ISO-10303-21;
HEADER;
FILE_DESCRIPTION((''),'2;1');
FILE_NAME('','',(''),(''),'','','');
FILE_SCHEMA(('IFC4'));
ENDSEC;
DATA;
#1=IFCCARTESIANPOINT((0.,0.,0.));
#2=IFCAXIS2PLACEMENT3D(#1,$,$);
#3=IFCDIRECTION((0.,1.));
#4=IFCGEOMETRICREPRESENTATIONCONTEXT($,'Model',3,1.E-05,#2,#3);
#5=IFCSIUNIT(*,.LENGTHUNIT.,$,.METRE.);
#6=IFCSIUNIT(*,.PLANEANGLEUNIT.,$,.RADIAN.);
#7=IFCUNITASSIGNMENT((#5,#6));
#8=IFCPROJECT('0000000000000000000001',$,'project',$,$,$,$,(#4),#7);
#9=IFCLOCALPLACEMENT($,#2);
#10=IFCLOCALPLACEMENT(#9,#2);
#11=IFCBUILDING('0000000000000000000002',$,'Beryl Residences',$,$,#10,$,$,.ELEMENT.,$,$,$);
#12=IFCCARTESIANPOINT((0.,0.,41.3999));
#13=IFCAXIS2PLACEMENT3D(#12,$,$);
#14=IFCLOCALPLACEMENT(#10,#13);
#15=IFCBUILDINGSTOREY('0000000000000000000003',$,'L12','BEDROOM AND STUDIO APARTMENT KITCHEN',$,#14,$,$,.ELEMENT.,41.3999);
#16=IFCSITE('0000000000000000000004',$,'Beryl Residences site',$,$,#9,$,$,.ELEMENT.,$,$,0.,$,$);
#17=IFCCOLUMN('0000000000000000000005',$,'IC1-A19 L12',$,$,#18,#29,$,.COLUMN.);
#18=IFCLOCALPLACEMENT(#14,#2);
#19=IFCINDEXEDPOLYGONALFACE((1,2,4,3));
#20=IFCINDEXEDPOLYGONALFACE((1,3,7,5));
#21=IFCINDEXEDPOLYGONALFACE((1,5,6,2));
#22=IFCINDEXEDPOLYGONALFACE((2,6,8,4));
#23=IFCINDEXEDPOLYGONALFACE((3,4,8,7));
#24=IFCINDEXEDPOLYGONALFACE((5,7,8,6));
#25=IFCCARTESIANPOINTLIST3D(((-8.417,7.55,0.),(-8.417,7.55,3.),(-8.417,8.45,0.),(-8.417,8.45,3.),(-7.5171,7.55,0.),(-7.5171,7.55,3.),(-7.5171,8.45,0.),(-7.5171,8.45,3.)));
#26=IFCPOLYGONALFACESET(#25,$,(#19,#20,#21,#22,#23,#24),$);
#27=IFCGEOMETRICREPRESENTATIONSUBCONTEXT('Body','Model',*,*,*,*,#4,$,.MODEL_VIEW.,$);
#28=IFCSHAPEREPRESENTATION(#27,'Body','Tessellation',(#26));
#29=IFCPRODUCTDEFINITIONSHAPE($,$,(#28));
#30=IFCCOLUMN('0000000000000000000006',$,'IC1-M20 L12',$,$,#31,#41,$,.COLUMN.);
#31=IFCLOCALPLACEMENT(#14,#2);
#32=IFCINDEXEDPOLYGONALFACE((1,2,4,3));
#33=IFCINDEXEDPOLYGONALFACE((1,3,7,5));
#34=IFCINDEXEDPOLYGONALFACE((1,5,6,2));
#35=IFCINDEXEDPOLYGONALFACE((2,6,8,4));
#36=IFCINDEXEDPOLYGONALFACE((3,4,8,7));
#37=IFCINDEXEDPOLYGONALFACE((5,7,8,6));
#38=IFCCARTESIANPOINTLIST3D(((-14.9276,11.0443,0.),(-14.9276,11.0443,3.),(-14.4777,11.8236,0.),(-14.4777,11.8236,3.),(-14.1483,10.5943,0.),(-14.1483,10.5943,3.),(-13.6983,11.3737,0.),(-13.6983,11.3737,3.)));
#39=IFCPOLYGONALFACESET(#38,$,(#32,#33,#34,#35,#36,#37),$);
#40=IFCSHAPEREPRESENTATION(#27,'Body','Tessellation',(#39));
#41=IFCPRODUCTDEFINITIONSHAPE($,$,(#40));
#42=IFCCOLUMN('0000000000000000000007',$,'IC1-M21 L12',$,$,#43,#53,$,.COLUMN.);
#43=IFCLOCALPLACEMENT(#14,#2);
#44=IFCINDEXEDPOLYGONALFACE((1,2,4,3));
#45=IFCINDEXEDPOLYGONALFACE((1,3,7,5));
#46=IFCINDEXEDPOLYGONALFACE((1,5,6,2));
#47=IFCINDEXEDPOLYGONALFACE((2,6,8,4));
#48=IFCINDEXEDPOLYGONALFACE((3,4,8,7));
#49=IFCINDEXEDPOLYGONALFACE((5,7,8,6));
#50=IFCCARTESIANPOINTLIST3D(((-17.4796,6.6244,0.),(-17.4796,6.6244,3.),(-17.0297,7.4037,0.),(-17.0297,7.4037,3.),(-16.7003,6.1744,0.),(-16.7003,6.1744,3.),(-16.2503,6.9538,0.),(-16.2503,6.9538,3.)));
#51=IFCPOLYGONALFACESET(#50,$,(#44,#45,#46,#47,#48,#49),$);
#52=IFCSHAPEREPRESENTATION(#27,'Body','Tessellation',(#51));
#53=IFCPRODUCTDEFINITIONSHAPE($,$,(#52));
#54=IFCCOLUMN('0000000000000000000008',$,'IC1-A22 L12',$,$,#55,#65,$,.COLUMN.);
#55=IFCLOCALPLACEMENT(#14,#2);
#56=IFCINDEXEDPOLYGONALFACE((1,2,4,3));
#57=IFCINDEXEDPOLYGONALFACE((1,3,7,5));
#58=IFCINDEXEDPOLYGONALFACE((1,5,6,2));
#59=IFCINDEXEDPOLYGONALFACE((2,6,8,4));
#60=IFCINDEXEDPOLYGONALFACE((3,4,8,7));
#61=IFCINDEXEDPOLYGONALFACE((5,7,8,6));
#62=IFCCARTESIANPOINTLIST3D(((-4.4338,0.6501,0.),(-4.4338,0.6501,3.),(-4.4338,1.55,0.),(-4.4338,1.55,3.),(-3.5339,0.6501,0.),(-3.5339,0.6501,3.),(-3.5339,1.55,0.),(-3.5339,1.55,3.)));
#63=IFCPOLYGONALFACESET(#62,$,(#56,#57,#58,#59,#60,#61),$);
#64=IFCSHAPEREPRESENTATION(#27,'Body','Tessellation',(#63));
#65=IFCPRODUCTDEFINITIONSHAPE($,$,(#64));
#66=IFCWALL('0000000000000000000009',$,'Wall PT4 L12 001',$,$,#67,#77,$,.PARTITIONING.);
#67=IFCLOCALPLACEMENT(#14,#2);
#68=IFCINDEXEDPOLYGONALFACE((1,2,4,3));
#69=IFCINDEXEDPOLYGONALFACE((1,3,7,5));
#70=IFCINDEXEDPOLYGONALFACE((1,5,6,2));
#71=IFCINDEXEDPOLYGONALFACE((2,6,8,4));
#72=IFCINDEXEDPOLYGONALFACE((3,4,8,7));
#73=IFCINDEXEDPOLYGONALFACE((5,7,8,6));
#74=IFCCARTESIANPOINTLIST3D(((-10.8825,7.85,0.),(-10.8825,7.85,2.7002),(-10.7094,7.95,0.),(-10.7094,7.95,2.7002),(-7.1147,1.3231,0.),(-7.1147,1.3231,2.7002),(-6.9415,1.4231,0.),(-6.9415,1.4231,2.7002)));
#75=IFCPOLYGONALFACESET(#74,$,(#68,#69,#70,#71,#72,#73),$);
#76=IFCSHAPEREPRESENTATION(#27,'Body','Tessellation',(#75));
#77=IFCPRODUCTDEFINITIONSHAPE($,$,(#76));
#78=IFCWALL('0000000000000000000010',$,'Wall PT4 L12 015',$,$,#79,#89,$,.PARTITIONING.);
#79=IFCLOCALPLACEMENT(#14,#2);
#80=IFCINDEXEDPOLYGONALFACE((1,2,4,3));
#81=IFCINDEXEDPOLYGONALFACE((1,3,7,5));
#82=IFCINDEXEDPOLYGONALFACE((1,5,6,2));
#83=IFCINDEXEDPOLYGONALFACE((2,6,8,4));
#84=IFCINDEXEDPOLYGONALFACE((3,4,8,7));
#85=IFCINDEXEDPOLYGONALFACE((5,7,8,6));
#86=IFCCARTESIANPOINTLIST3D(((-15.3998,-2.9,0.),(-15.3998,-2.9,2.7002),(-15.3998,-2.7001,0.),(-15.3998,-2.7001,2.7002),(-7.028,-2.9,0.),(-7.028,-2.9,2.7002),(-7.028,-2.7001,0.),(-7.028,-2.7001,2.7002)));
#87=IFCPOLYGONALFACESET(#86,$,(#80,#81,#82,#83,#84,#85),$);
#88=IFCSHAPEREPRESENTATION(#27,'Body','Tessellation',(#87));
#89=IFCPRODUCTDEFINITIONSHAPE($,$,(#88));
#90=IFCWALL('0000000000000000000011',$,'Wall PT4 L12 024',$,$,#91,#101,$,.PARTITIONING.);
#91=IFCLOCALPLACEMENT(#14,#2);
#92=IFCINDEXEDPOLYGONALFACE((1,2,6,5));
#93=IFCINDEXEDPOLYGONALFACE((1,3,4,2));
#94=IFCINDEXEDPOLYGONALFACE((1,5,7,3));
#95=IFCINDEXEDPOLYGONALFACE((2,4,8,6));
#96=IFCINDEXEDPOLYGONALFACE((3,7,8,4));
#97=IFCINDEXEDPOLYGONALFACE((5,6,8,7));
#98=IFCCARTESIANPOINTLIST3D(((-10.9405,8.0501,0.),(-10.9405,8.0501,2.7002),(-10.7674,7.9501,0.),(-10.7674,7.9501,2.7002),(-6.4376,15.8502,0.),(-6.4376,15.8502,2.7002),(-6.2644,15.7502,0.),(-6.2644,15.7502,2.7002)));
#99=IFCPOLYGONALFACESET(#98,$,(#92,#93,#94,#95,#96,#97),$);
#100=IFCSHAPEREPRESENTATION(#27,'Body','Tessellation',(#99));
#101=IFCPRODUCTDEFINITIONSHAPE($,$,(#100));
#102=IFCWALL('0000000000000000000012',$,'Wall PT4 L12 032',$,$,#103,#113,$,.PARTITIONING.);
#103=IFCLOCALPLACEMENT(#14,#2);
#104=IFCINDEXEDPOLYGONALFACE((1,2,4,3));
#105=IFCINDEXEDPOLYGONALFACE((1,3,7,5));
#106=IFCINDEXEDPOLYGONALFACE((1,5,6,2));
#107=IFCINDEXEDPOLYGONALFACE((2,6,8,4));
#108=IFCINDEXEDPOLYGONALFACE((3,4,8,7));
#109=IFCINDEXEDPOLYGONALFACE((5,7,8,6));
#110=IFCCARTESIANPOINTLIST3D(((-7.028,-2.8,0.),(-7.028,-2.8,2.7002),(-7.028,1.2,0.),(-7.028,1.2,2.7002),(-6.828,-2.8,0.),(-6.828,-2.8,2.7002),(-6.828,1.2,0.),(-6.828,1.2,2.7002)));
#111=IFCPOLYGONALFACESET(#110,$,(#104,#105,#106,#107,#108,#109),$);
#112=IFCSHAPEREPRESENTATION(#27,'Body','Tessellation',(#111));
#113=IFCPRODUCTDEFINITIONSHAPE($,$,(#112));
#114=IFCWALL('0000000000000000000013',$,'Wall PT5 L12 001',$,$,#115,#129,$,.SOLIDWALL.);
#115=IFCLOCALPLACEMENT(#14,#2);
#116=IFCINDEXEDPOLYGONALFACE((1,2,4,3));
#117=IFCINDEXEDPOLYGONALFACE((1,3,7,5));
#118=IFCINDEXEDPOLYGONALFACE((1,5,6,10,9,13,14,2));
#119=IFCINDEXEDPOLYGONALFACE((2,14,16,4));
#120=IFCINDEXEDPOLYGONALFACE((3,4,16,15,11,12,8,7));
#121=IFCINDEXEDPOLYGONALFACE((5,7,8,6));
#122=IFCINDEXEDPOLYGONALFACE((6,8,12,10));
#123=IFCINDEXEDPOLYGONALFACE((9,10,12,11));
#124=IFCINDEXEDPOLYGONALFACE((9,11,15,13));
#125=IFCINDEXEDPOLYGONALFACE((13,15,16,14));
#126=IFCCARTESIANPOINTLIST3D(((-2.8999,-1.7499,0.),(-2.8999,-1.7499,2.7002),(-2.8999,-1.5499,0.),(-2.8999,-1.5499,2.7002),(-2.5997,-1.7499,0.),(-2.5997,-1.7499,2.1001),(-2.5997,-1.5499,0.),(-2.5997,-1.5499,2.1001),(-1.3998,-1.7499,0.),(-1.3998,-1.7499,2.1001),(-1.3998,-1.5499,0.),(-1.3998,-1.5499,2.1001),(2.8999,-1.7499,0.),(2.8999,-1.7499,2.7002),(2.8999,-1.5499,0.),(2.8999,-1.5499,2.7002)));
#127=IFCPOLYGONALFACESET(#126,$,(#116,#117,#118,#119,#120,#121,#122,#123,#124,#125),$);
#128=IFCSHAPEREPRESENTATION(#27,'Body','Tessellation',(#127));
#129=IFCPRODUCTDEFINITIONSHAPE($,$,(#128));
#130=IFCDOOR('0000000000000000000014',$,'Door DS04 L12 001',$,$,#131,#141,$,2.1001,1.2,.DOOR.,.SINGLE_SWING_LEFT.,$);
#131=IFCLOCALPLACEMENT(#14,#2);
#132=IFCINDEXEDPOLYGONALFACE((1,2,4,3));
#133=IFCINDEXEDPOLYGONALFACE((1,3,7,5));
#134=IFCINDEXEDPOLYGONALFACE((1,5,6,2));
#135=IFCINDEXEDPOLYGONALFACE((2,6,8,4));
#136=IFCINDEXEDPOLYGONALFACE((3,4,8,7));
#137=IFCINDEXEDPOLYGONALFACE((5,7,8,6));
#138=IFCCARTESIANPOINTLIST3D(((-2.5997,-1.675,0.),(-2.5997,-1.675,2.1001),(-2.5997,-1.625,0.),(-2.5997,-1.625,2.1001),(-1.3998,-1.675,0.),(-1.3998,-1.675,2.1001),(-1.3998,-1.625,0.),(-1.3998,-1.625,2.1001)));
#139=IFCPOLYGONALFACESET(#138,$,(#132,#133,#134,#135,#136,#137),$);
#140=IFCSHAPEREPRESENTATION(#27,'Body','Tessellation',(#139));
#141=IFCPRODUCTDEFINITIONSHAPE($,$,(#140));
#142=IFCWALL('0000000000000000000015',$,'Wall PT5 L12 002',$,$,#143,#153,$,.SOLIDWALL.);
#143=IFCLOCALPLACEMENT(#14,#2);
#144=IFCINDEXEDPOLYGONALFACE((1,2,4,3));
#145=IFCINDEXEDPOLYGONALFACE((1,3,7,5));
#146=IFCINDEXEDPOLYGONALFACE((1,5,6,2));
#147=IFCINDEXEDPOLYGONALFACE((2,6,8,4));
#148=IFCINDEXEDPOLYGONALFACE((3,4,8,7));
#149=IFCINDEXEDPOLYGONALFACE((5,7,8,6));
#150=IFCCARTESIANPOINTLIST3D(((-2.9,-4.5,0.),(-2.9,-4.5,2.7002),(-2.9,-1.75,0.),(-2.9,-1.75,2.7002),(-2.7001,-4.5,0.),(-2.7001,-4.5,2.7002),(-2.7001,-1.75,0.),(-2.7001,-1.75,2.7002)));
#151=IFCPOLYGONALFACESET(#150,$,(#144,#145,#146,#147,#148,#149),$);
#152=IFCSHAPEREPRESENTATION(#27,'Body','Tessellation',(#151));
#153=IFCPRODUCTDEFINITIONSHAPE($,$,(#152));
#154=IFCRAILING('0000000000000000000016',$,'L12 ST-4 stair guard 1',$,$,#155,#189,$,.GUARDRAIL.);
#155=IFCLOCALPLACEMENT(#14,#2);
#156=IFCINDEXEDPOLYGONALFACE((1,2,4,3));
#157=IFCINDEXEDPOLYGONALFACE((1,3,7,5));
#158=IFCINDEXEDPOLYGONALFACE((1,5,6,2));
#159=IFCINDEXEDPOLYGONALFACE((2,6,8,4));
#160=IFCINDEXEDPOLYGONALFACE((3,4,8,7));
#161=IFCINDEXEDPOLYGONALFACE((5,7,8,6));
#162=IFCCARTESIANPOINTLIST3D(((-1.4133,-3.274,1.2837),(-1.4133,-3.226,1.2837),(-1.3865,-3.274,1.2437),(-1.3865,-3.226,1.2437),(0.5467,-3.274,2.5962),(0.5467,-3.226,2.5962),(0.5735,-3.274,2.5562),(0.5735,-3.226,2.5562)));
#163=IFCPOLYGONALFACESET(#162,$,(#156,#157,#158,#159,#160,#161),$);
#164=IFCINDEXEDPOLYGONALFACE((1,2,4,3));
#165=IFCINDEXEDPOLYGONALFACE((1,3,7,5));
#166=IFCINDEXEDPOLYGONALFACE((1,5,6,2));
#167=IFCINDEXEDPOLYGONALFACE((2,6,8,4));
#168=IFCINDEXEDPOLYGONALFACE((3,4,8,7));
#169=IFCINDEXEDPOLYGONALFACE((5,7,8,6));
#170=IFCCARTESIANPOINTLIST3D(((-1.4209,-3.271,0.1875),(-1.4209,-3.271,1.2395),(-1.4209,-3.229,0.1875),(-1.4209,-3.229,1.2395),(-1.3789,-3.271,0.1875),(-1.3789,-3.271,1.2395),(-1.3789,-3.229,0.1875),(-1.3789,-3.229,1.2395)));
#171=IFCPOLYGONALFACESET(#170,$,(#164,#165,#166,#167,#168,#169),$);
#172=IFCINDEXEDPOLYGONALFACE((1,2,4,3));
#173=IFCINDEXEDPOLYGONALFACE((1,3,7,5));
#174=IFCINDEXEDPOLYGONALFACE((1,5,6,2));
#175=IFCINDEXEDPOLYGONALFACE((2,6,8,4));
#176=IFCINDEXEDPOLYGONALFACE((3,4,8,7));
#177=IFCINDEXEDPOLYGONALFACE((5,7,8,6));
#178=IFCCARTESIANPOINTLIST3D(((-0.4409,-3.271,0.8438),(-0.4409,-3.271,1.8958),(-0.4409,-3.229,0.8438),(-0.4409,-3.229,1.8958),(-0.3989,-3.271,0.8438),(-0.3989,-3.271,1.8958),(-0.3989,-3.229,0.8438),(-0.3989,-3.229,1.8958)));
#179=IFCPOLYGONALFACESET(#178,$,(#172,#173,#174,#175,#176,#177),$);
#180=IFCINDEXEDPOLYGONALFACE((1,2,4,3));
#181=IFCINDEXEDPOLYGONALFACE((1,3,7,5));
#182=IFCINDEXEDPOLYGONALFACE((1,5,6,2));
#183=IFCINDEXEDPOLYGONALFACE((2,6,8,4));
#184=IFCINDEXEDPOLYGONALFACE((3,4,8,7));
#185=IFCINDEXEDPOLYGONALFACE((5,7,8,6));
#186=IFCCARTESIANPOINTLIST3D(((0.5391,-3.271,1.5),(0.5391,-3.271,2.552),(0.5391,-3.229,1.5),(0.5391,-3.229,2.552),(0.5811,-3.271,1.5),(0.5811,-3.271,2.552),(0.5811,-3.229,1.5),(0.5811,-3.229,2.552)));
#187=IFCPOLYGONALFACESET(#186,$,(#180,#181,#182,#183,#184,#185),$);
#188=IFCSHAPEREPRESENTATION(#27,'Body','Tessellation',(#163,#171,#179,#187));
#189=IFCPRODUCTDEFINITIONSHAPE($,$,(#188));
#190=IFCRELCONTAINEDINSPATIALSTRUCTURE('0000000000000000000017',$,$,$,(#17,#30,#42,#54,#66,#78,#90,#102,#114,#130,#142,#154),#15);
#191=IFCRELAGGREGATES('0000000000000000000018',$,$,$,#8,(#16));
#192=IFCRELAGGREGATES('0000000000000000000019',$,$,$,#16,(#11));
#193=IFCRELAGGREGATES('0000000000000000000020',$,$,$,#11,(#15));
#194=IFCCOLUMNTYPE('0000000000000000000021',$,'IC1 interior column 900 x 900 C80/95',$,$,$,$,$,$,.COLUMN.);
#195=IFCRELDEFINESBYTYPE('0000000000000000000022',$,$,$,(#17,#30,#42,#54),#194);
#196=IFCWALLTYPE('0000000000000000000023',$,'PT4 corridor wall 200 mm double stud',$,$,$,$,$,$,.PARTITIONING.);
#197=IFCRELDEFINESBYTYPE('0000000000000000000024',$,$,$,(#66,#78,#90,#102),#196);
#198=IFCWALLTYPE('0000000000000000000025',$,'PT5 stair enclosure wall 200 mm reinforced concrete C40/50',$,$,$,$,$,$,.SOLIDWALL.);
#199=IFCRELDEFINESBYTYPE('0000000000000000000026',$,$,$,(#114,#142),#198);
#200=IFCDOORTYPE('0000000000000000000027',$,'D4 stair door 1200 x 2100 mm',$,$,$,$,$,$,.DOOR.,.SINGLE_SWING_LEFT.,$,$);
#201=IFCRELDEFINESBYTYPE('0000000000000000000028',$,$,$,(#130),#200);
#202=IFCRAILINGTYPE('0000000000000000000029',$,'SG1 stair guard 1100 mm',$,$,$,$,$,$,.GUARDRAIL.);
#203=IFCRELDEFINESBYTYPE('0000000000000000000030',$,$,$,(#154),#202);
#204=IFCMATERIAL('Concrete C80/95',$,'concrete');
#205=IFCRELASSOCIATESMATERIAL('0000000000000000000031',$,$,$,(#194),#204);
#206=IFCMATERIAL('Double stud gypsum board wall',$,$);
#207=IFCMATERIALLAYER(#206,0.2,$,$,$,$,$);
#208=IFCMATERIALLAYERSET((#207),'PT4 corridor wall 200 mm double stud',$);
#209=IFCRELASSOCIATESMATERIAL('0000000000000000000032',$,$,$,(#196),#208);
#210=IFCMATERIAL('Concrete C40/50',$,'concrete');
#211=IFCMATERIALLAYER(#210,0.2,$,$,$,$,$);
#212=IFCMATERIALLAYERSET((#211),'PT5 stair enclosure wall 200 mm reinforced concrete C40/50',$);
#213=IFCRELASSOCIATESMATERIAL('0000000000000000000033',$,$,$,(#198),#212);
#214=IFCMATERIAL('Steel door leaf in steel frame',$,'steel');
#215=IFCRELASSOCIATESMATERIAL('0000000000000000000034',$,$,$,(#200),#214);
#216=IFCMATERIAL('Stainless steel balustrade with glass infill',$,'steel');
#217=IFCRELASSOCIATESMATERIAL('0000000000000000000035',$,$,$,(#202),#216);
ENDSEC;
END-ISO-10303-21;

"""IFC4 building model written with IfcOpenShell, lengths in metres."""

from ifc_helpers import new_model, si_unit, direction, frame, frame_2d, origin, origin_2d, place, context, subcontext, project, spatial, rectangle, extrude, material, layer, layer_set, material_profile, profile_set, type_object, element, fill, save


model = new_model("IFC4")

# Units and contexts
model_context = context("Model", 3, precision=1e-05, world=origin(), true_north=direction((0.0, 1.0)))
body_context = subcontext(model_context, "Body", "Model", "MODEL_VIEW")
ifc_project = project(units=[si_unit("LENGTHUNIT", "METRE"), si_unit("PLANEANGLEUNIT", "RADIAN")], contexts=[model_context])

# Site, building, storey
site_placement = place(None, origin())
site = spatial("IfcSite", under=ifc_project, at=site_placement, Name="Beryl Residences site", CompositionType="ELEMENT", RefElevation=0.0)
building_placement = place(site_placement, origin())
building = spatial("IfcBuilding", under=site, at=building_placement, Name="Beryl Residences", CompositionType="ELEMENT")
storey_placement = place(building_placement, frame((0.0, 0.0, 41.3999)))
storey = spatial("IfcBuildingStorey", under=building, at=storey_placement, Name="L12", Description="BEDROOM AND STUDIO APARTMENT KITCHEN", CompositionType="ELEMENT", Elevation=41.3999)

# Columns
ifc_material_1 = material(Name="Concrete C80/95", Category="concrete")
ifc_material_profile = material_profile(ifc_material_1, rectangle(XDim=0.8999, YDim=0.8999, at=origin_2d()))
ifc_profile_set = profile_set([ifc_material_profile], Name="Concrete C80/95")
column_type = type_object("IfcColumnType", Name="IC1 interior column 900 x 900 C80/95", PredefinedType="COLUMN", material=ifc_profile_set)
for number, where, z_axis, x_axis, name in (
    (1, (-7.967, 8.0, 0.0), (0.0, 0.0, 1.0), (1.0, 0.0, 0.0), "IC1-A19 L12"),
    (2, (-14.313, 11.209, 0.0), (0.0, 0.0, 1.0), (-0.499985, -0.866034, 0.0), "IC1-M20 L12"),
    (3, (-16.865, 6.7891, 0.0), (0.0, 0.0, 1.0), (-0.499985, -0.866034, 0.0), "IC1-M21 L12"),
    (4, (-3.9839, 1.1001, 0.0), (0.0, 0.0, 1.0), (1.0, 0.0, 0.0), "IC1-A22 L12"),
):
    element("IfcColumn", number, at=place(storey_placement, frame(where, z_axis=z_axis, x_axis=x_axis)), inside=storey, type_object=column_type, Name=name, PredefinedType="COLUMN", context=body_context, shape_type="SweptSolid", body=[
        extrude(rectangle(XDim=0.8999, YDim=0.8999, at=origin_2d()), origin(), (0.0, 0.0, 1.0), 3.0),
    ])

# Walls
ifc_material_2 = material(Name="Double stud gypsum board wall")
ifc_layer_1 = layer(ifc_material_2, 0.2)
ifc_layer_set_1 = layer_set([ifc_layer_1], Name="PT4 corridor wall 200 mm double stud")
wall_type_1 = type_object("IfcWallType", Name="PT4 corridor wall 200 mm double stud", PredefinedType="PARTITIONING", material=ifc_layer_set_1)
wall_1_placement = place(storey_placement, frame((-10.7959, 7.8999, 0.0), z_axis=(0.0, 0.0, 1.0), x_axis=(0.499954, -0.866052, 0.0)))
element("IfcWall", 5, at=wall_1_placement, inside=storey, type_object=wall_type_1, Name="Wall PT4 L12 001", PredefinedType="PARTITIONING", context=body_context, shape_type="SweptSolid", body=[
    extrude(rectangle(XDim=7.5364, YDim=0.2, at=frame_2d((3.7681, 0.0))), origin(), (0.0, 0.0, 1.0), 2.7002),
])
wall_2_placement = place(storey_placement, frame((-15.3999, -2.8, 0.0), z_axis=(0.0, 0.0, 1.0), x_axis=(1.0, 0.0, 0.0)))
element("IfcWall", 6, at=wall_2_placement, inside=storey, type_object=wall_type_1, Name="Wall PT4 L12 015", PredefinedType="PARTITIONING", context=body_context, shape_type="SweptSolid", body=[
    extrude(rectangle(XDim=8.3718, YDim=0.2, at=frame_2d((4.186, 0.0))), origin(), (0.0, 0.0, 1.0), 2.7002),
])
wall_3_placement = place(storey_placement, frame((-10.854, 8.0, 0.0), z_axis=(0.0, 0.0, 1.0), x_axis=(0.499964, 0.866046, 0.0)))
element("IfcWall", 7, at=wall_3_placement, inside=storey, type_object=wall_type_1, Name="Wall PT4 L12 024", PredefinedType="PARTITIONING", context=body_context, shape_type="SweptSolid", body=[
    extrude(rectangle(XDim=9.0066, YDim=0.2, at=frame_2d((4.5034, 0.0))), origin(), (0.0, 0.0, 1.0), 2.7002),
])
wall_4_placement = place(storey_placement, frame((-6.928, -2.8, 0.0), z_axis=(0.0, 0.0, 1.0), x_axis=(0.0, 1.0, 0.0)))
element("IfcWall", 8, at=wall_4_placement, inside=storey, type_object=wall_type_1, Name="Wall PT4 L12 032", PredefinedType="PARTITIONING", context=body_context, shape_type="SweptSolid", body=[
    extrude(rectangle(XDim=4.0, YDim=0.2, at=frame_2d((2.0, 0.0))), origin(), (0.0, 0.0, 1.0), 2.7002),
])

# Wall, opening, door
ifc_material_3 = material(Name="Concrete C40/50", Category="concrete")
ifc_layer_2 = layer(ifc_material_3, 0.2)
ifc_layer_set_2 = layer_set([ifc_layer_2], Name="PT5 stair enclosure wall 200 mm reinforced concrete C40/50")
wall_type_2 = type_object("IfcWallType", Name="PT5 stair enclosure wall 200 mm reinforced concrete C40/50", PredefinedType="SOLIDWALL", material=ifc_layer_set_2)
wall_5_placement = place(storey_placement, frame((-2.8999, -1.6499, 0.0), z_axis=(0.0, 0.0, 1.0), x_axis=(1.0, 0.0, 0.0)))
wall_5 = element("IfcWall", 9, at=wall_5_placement, inside=storey, type_object=wall_type_2, Name="Wall PT5 L12 001", PredefinedType="SOLIDWALL", context=body_context, shape_type="SweptSolid", body=[
    extrude(rectangle(XDim=5.7998, YDim=0.2, at=frame_2d((2.8999, 0.0))), origin(), (0.0, 0.0, 1.0), 2.7002),
])
opening_placement = place(wall_5_placement, frame((0.3, 0.0, 0.0)))
opening = element("IfcOpeningElement", 10, at=opening_placement, cuts=wall_5, PredefinedType="OPENING", context=body_context, shape_type="SweptSolid", body=[
    extrude(rectangle(XDim=1.2, YDim=2.1001, at=frame_2d((0.6001, 1.05))), frame((0.0, 0.1099, 0.0), z_axis=(0.0, -1.0, 0.0), x_axis=(1.0, 0.0, 0.0)), (0.0, 0.0, 1.0), 0.22),
])
ifc_material_4 = material(Name="Steel door leaf in steel frame", Category="steel")
door_type = type_object("IfcDoorType", Name="D4 stair door 1200 x 2100 mm", OperationType="SINGLE_SWING_LEFT", PredefinedType="DOOR", material=ifc_material_4)
door_placement = place(opening_placement, origin())
door = element("IfcDoor", 11, at=door_placement, inside=storey, type_object=door_type, Name="Door DS04 L12 001", OperationType="SINGLE_SWING_LEFT", OverallHeight=2.1001, OverallWidth=1.2, PredefinedType="DOOR", context=body_context, shape_type="SweptSolid", body=[
    extrude(rectangle(XDim=1.2, YDim=2.1001, at=frame_2d((0.6001, 1.05))), frame((0.0, 0.0249, 0.0), z_axis=(0.0, -1.0, 0.0), x_axis=(1.0, 0.0, 0.0)), (0.0, 0.0, 1.0), 0.05),
])
fill(opening, door)

# Wall
wall_6_placement = place(storey_placement, frame((-2.8, -4.5, 0.0), z_axis=(0.0, 0.0, 1.0), x_axis=(0.0, 1.0, 0.0)))
element("IfcWall", 12, at=wall_6_placement, inside=storey, type_object=wall_type_2, Name="Wall PT5 L12 002", PredefinedType="SOLIDWALL", context=body_context, shape_type="SweptSolid", body=[
    extrude(rectangle(XDim=2.75, YDim=0.2, at=frame_2d((1.375, 0.0))), origin(), (0.0, 0.0, 1.0), 2.7002),
])

# Railing
ifc_material_5 = material(Name="Stainless steel balustrade with glass infill", Category="steel")
railing_type_1 = type_object("IfcRailingType", Name="SG1 stair guard 1100 mm", PredefinedType="GUARDRAIL", material=ifc_material_5)
railing_1_placement = place(storey_placement, frame((-1.3999, -3.25, 0.1875)))
element("IfcRailing", 13, at=railing_1_placement, inside=storey, type_object=railing_type_1, Name="L12 ST-4 stair guard 1", PredefinedType="GUARDRAIL", context=body_context, shape_type="SweptSolid", body=[
    extrude(rectangle(XDim=0.0481, YDim=0.0481, at=origin_2d()), frame((0.0, 0.0, 1.0762), z_axis=(0.830902, 0.0, 0.556419), x_axis=(0.0, 1.0, 0.0)), (0.0, 0.0, 1.0), 2.3589),
    extrude(rectangle(XDim=0.042, YDim=0.042, at=origin_2d()), origin(), (0.0, 0.0, 1.0), 1.052),
    extrude(rectangle(XDim=0.042, YDim=0.042, at=origin_2d()), frame((0.98, 0.0, 0.6562)), (0.0, 0.0, 1.0), 1.052),
    extrude(rectangle(XDim=0.042, YDim=0.042, at=origin_2d()), frame((1.96, 0.0, 1.3125)), (0.0, 0.0, 1.0), 1.052),
])

save(model, "model.ifc")
